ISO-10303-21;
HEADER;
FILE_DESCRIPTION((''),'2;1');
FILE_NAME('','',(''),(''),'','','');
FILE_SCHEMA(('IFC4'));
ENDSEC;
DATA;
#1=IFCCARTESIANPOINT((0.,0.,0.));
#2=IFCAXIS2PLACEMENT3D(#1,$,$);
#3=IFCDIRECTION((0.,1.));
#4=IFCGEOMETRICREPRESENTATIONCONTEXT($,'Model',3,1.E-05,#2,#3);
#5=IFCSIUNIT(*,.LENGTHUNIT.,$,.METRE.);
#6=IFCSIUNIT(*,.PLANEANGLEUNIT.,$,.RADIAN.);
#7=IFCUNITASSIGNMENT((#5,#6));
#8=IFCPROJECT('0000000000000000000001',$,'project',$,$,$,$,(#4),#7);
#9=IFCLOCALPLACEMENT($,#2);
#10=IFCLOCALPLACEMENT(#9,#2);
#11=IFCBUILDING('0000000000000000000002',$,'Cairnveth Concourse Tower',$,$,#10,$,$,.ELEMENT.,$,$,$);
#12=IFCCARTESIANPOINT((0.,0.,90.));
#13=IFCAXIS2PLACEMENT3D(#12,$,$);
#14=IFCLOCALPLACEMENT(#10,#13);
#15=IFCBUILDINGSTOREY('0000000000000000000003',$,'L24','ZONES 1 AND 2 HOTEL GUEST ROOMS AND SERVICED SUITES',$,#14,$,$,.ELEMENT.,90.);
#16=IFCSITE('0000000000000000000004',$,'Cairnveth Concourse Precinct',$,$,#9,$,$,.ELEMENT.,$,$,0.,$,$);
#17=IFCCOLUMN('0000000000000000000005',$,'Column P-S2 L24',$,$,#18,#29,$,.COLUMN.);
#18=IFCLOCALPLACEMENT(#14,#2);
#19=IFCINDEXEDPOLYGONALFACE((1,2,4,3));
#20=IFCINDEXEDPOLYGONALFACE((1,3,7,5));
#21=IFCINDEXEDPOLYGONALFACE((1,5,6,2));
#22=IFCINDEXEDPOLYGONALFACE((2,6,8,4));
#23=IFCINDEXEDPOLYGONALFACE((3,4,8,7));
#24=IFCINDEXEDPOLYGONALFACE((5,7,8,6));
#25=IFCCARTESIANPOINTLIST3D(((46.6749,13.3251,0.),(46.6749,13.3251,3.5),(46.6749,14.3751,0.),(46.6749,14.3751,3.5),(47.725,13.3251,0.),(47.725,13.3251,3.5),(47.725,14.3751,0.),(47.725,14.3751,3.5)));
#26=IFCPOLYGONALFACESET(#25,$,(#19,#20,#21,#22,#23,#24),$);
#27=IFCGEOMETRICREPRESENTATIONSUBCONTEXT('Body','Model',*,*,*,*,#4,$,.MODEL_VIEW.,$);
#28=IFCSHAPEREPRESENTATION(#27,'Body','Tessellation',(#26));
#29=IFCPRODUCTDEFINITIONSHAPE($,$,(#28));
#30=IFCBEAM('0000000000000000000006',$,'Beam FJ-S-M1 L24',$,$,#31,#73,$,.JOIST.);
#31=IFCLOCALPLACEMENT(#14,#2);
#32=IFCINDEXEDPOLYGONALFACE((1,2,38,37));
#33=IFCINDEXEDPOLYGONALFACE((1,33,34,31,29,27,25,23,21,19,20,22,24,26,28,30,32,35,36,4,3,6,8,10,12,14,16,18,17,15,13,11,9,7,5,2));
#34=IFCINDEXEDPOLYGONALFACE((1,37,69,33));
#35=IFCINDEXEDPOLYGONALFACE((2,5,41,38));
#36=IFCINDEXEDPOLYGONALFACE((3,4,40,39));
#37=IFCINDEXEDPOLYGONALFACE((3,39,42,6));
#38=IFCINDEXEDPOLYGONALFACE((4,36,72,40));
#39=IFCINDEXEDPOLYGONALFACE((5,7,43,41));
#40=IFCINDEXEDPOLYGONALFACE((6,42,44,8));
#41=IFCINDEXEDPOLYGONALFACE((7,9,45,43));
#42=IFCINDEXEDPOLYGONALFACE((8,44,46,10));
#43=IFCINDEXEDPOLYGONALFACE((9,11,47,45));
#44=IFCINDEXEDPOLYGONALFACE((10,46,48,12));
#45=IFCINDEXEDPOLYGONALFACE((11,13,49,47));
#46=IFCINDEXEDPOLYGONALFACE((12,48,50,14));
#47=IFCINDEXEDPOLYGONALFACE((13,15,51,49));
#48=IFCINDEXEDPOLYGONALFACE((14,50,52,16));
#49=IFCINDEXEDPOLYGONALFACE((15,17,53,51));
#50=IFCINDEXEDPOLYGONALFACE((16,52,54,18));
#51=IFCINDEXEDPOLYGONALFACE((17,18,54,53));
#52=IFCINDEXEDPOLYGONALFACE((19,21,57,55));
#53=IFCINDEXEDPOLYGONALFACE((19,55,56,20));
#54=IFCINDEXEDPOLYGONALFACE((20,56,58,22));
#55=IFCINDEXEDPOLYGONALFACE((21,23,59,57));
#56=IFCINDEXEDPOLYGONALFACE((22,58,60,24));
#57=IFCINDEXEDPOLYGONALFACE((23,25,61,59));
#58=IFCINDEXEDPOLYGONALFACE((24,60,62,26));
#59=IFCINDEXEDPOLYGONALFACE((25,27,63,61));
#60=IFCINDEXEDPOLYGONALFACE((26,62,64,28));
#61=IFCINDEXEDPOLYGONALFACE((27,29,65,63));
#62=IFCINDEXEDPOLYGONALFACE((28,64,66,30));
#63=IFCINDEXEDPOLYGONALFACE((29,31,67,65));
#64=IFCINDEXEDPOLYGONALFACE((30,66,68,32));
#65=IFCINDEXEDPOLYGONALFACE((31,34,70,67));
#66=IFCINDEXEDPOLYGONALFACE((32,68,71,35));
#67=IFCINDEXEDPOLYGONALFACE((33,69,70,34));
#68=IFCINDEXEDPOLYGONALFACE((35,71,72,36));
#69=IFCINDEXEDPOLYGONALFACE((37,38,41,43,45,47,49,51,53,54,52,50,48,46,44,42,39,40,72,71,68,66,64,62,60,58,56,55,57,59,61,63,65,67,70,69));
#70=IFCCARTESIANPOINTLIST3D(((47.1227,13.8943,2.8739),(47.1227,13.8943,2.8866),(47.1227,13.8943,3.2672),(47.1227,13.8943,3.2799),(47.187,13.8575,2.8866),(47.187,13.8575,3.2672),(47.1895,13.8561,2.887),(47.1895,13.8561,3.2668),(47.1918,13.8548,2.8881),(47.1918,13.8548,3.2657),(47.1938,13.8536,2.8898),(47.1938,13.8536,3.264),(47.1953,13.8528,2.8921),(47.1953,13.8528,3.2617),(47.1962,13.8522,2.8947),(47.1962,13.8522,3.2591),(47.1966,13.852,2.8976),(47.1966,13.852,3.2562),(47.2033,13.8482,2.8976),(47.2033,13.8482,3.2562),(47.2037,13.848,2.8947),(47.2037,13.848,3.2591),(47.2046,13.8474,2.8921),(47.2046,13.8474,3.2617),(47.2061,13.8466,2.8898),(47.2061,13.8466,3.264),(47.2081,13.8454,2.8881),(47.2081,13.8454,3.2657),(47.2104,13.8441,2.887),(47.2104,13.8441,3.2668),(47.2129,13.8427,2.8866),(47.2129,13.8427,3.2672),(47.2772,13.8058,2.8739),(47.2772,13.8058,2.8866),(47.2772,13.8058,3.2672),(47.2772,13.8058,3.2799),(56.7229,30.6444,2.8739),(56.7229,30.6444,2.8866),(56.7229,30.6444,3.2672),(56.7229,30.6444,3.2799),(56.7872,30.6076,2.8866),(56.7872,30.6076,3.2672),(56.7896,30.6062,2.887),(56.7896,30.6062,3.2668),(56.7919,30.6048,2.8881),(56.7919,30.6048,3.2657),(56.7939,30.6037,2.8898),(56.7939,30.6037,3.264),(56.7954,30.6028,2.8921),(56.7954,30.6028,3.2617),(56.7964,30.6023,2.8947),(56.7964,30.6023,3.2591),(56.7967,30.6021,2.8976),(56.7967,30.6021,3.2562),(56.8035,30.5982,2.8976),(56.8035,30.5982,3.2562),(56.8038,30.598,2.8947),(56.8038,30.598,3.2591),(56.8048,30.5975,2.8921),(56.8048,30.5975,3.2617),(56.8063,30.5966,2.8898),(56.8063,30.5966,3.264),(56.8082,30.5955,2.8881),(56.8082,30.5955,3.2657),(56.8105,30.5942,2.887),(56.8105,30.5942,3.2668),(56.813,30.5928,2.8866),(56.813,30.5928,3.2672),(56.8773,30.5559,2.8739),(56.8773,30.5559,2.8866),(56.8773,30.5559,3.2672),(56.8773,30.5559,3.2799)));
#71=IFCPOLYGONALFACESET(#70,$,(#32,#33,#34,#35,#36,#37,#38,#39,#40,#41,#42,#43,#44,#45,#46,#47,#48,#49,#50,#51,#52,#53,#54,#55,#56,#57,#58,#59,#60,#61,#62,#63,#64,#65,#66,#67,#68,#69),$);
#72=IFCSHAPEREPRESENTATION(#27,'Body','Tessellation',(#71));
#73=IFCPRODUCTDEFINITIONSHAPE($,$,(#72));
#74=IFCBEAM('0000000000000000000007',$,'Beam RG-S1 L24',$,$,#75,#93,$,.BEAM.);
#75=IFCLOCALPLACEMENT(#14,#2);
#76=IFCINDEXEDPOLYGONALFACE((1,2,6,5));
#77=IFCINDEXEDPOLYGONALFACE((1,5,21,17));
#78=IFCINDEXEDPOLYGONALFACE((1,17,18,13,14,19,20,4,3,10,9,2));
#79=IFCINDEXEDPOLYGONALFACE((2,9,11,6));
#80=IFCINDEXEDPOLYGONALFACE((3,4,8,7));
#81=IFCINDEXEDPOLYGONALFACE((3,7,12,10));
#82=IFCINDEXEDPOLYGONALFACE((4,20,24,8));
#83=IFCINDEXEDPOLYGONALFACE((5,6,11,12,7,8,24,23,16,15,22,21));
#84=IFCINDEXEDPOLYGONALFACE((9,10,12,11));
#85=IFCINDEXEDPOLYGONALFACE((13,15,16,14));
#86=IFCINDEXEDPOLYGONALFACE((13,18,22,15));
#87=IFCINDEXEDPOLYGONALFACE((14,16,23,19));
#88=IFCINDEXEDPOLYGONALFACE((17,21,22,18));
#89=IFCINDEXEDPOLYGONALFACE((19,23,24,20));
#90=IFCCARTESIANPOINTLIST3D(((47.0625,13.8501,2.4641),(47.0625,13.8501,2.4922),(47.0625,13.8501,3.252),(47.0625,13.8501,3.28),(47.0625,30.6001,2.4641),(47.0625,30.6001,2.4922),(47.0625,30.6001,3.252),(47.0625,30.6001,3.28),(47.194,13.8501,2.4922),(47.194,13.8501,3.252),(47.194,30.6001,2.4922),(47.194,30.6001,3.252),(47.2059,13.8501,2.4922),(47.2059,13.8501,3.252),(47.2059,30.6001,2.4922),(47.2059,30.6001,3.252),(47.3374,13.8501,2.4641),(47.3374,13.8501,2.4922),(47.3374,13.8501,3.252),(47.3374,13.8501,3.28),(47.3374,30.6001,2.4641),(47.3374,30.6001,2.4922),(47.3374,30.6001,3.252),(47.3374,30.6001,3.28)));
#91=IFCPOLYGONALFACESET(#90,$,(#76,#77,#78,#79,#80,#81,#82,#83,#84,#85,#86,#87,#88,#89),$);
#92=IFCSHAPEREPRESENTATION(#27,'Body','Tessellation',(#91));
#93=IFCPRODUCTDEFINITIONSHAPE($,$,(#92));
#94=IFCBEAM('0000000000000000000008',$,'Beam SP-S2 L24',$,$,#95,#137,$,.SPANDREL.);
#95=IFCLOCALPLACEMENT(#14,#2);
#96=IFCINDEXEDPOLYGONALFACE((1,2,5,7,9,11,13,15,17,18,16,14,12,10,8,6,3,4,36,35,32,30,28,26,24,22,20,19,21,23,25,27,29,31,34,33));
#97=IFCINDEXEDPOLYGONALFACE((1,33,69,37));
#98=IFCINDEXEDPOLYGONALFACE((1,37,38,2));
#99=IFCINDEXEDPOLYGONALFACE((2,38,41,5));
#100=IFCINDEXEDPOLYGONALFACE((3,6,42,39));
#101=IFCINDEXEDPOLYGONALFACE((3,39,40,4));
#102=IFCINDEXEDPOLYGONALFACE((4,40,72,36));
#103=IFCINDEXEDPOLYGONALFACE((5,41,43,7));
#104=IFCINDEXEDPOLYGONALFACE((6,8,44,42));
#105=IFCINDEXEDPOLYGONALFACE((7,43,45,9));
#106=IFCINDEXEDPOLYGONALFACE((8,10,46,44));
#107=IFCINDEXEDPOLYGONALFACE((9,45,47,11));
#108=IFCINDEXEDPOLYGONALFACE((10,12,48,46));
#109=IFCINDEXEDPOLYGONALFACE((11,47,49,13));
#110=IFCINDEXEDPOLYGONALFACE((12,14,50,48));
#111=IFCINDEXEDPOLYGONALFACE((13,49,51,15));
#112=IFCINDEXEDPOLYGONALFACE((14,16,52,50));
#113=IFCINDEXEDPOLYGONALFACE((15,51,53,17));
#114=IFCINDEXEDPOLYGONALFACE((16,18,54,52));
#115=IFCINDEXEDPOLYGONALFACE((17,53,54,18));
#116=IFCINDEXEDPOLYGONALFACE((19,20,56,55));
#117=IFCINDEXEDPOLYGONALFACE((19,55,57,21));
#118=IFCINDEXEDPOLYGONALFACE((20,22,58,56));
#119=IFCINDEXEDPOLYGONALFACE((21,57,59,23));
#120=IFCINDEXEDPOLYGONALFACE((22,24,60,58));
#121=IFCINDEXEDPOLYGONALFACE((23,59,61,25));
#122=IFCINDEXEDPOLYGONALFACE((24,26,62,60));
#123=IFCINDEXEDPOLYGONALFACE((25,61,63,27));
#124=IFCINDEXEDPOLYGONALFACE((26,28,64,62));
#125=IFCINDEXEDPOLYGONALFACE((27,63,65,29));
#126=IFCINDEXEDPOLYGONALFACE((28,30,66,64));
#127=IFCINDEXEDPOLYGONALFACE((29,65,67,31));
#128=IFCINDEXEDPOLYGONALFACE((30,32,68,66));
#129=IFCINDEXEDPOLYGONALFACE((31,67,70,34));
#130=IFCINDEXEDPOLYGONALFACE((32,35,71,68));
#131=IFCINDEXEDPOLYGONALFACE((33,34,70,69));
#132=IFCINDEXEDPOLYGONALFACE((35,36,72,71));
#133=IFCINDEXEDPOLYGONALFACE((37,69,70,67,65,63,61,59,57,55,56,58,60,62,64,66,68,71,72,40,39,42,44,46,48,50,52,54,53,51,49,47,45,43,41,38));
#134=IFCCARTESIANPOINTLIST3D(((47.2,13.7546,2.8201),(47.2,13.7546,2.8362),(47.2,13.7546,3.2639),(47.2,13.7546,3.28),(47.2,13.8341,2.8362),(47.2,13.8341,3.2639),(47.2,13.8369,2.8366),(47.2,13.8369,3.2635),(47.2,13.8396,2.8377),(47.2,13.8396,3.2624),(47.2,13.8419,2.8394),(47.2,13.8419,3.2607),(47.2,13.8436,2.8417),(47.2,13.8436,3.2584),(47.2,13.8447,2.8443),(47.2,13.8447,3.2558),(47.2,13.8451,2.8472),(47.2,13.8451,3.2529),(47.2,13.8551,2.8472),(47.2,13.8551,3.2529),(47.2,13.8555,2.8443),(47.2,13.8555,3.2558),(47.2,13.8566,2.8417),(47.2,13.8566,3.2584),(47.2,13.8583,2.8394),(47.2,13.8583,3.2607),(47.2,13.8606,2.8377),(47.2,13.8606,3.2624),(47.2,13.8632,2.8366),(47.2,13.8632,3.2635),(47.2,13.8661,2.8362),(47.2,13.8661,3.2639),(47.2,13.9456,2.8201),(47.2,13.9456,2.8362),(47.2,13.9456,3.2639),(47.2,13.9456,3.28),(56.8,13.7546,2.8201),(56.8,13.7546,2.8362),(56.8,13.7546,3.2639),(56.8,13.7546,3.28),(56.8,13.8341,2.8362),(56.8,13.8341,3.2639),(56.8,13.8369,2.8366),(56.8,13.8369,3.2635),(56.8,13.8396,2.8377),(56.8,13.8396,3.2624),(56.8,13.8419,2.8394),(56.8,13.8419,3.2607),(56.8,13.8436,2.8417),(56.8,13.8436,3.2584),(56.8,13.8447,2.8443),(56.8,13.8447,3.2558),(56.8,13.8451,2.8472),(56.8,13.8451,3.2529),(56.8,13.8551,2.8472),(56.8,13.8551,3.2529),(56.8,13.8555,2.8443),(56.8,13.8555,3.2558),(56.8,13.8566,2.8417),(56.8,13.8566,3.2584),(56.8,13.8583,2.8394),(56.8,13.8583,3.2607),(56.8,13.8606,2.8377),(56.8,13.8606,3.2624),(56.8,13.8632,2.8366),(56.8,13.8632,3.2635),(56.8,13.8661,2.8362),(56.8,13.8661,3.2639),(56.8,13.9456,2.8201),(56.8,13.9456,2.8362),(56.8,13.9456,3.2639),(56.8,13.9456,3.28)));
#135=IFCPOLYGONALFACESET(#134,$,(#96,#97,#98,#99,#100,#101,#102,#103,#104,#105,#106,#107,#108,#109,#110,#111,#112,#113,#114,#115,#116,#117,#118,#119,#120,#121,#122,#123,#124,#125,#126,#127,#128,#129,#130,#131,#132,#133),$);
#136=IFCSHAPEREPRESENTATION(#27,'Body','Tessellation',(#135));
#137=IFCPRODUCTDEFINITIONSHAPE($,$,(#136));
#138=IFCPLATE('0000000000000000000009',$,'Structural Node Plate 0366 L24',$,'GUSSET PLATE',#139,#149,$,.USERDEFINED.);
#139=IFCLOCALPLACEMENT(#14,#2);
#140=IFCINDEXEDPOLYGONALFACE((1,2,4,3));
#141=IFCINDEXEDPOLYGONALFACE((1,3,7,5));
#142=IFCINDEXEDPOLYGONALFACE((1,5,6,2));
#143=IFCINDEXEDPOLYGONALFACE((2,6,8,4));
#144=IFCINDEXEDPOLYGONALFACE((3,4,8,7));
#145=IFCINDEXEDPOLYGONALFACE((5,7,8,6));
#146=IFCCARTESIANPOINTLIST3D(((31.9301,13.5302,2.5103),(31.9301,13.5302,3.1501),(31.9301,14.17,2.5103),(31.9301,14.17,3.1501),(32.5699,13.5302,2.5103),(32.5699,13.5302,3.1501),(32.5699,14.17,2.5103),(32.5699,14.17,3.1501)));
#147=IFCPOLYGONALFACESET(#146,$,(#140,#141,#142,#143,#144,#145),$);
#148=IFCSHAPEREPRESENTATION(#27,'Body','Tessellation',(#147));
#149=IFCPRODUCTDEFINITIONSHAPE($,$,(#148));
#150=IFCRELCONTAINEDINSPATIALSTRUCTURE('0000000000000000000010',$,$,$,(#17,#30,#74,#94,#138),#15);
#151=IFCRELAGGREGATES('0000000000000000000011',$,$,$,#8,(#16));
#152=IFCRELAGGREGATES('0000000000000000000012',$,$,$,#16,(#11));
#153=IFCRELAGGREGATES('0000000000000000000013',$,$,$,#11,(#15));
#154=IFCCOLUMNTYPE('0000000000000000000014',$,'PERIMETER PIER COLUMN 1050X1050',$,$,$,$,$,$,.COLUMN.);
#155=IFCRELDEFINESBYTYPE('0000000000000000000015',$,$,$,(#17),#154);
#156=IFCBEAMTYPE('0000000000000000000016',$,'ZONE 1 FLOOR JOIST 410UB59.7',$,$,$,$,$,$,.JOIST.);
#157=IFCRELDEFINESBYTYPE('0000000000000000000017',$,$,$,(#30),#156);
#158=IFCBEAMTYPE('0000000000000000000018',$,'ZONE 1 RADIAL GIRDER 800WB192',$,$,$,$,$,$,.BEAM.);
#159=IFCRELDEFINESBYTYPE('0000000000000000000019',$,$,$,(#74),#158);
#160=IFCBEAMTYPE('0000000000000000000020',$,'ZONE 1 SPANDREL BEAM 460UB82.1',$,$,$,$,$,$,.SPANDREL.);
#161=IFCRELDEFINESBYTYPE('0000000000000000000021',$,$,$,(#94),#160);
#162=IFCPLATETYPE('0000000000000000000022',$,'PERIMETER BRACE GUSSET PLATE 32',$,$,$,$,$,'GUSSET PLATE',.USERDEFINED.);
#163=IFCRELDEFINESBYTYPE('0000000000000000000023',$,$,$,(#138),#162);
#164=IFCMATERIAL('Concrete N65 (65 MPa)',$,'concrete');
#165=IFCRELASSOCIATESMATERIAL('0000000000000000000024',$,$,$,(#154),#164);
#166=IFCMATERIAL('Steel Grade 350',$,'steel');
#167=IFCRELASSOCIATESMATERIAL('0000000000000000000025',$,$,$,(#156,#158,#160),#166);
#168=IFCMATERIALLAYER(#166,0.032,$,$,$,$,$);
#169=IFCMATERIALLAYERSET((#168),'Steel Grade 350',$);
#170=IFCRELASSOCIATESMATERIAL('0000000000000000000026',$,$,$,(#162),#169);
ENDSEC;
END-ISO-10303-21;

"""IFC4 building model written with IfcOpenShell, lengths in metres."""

from ifc_helpers import new_model, si_unit, direction, frame, origin, origin_2d, place, context, subcontext, project, spatial, rectangle, i_section, extrude, material, layer, layer_set, material_profile, profile_set, type_object, element, save


model = new_model("IFC4")

# Units and contexts
model_context = context("Model", 3, precision=1e-05, world=origin(), true_north=direction((0.0, 1.0)))
body_context = subcontext(model_context, "Body", "Model", "MODEL_VIEW")
ifc_project = project(units=[si_unit("LENGTHUNIT", "METRE"), si_unit("PLANEANGLEUNIT", "RADIAN")], contexts=[model_context])

# Site, building, storey
site_placement = place(None, origin())
site = spatial("IfcSite", under=ifc_project, at=site_placement, Name="Cairnveth Concourse Precinct", CompositionType="ELEMENT", RefElevation=0.0)
building_placement = place(site_placement, origin())
building = spatial("IfcBuilding", under=site, at=building_placement, Name="Cairnveth Concourse Tower", CompositionType="ELEMENT")
storey_placement = place(building_placement, frame((0.0, 0.0, 90.0)))
storey = spatial("IfcBuildingStorey", under=building, at=storey_placement, Name="L24", Description="ZONES 1 AND 2 HOTEL GUEST ROOMS AND SERVICED SUITES", CompositionType="ELEMENT", Elevation=90.0)

# Column
ifc_material_1 = material(Name="Concrete N65 (65 MPa)", Category="concrete")
ifc_material_profile_1 = material_profile(ifc_material_1, rectangle(XDim=1.05, YDim=1.05, at=origin_2d()), Name="RC-COL-1050x1050")
ifc_profile_set_1 = profile_set([ifc_material_profile_1], Name="Concrete N65 (65 MPa)")
column_type = type_object("IfcColumnType", Name="PERIMETER PIER COLUMN 1050X1050", PredefinedType="COLUMN", material=ifc_profile_set_1)
column_placement = place(storey_placement, frame((47.2, 13.8501, 0.0), z_axis=(0.0, 0.0, 1.0), x_axis=(1.0, 0.0, 0.0)))
element("IfcColumn", 1, at=column_placement, inside=storey, type_object=column_type, Name="Column P-S2 L24", PredefinedType="COLUMN", context=body_context, shape_type="SweptSolid", body=[
    extrude(rectangle(XDim=1.05, YDim=1.05, at=origin_2d()), origin(), (0.0, 0.0, 1.0), 3.5),
])

# Beams
ifc_material_2 = material(Name="Steel Grade 350", Category="steel")
ifc_material_profile_2 = material_profile(ifc_material_2, i_section(OverallWidth=0.178, OverallDepth=0.406, WebThickness=0.0078, FlangeThickness=0.0127, FilletRadius=0.011, at=origin_2d()), Name="410UB59.7")
ifc_profile_set_2 = profile_set([ifc_material_profile_2], Name="Steel Grade 350")
beam_type_1 = type_object("IfcBeamType", Name="ZONE 1 FLOOR JOIST 410UB59.7", PredefinedType="JOIST", material=ifc_profile_set_2)
beam_1_placement = place(storey_placement, frame((47.2, 13.8501, 3.0769), z_axis=(0.497258, 0.867603, 0.0), x_axis=(-0.867603, 0.497258, 0.0)))
element("IfcBeam", 2, at=beam_1_placement, inside=storey, type_object=beam_type_1, Name="Beam FJ-S-M1 L24", PredefinedType="JOIST", context=body_context, shape_type="SweptSolid", body=[
    extrude(i_section(OverallWidth=0.178, OverallDepth=0.406, WebThickness=0.0078, FlangeThickness=0.0127, FilletRadius=0.011, at=origin_2d()), origin(), (0.0, 0.0, 1.0), 19.3062),
])
ifc_material_profile_3 = material_profile(ifc_material_2, i_section(OverallWidth=0.2749, OverallDepth=0.8159, WebThickness=0.012, FlangeThickness=0.0281, at=origin_2d()), Name="800WB192")
ifc_profile_set_3 = profile_set([ifc_material_profile_3], Name="Steel Grade 350")
beam_type_2 = type_object("IfcBeamType", Name="ZONE 1 RADIAL GIRDER 800WB192", PredefinedType="BEAM", material=ifc_profile_set_3)
beam_2_placement = place(storey_placement, frame((47.2, 13.8501, 2.8721), z_axis=(0.0, 1.0, 0.0), x_axis=(-1.0, 0.0, 0.0)))
element("IfcBeam", 3, at=beam_2_placement, inside=storey, type_object=beam_type_2, Name="Beam RG-S1 L24", PredefinedType="BEAM", context=body_context, shape_type="SweptSolid", body=[
    extrude(i_section(OverallWidth=0.2749, OverallDepth=0.8159, WebThickness=0.012, FlangeThickness=0.0281, at=origin_2d()), origin(), (0.0, 0.0, 1.0), 16.75),
])
ifc_material_profile_4 = material_profile(ifc_material_2, i_section(OverallWidth=0.1909, OverallDepth=0.46, WebThickness=0.01, FlangeThickness=0.0161, FilletRadius=0.011, at=origin_2d()), Name="460UB82.1")
ifc_profile_set_4 = profile_set([ifc_material_profile_4], Name="Steel Grade 350")
beam_type_3 = type_object("IfcBeamType", Name="ZONE 1 SPANDREL BEAM 460UB82.1", PredefinedType="SPANDREL", material=ifc_profile_set_4)
beam_3_placement = place(storey_placement, frame((47.2, 13.8501, 3.05), z_axis=(1.0, 0.0, 0.0), x_axis=(0.0, 1.0, 0.0)))
element("IfcBeam", 4, at=beam_3_placement, inside=storey, type_object=beam_type_3, Name="Beam SP-S2 L24", PredefinedType="SPANDREL", context=body_context, shape_type="SweptSolid", body=[
    extrude(i_section(OverallWidth=0.1909, OverallDepth=0.46, WebThickness=0.01, FlangeThickness=0.0161, FilletRadius=0.011, at=origin_2d()), origin(), (0.0, 0.0, 1.0), 9.6001),
])

# Plate
ifc_layer_1 = layer(ifc_material_2, 0.032)
ifc_layer_set_1 = layer_set([ifc_layer_1], Name="Steel Grade 350")
plate_type = type_object("IfcPlateType", Name="PERIMETER BRACE GUSSET PLATE 32", ElementType="GUSSET PLATE", PredefinedType="USERDEFINED", material=ifc_layer_set_1)
plate_placement = place(storey_placement, frame((32.25, 13.8501, 2.5103), z_axis=(0.0, 0.0, 1.0), x_axis=(1.0, 0.0, 0.0)))
element("IfcPlate", 5, at=plate_placement, inside=storey, type_object=plate_type, Name="Structural Node Plate 0366 L24", ObjectType="GUSSET PLATE", PredefinedType="USERDEFINED", context=body_context, shape_type="SweptSolid", body=[
    extrude(rectangle(XDim=0.6399, YDim=0.6399, at=origin_2d()), origin(), (0.0, 0.0, 1.0), 0.6399),
])

save(model, "model.ifc")
